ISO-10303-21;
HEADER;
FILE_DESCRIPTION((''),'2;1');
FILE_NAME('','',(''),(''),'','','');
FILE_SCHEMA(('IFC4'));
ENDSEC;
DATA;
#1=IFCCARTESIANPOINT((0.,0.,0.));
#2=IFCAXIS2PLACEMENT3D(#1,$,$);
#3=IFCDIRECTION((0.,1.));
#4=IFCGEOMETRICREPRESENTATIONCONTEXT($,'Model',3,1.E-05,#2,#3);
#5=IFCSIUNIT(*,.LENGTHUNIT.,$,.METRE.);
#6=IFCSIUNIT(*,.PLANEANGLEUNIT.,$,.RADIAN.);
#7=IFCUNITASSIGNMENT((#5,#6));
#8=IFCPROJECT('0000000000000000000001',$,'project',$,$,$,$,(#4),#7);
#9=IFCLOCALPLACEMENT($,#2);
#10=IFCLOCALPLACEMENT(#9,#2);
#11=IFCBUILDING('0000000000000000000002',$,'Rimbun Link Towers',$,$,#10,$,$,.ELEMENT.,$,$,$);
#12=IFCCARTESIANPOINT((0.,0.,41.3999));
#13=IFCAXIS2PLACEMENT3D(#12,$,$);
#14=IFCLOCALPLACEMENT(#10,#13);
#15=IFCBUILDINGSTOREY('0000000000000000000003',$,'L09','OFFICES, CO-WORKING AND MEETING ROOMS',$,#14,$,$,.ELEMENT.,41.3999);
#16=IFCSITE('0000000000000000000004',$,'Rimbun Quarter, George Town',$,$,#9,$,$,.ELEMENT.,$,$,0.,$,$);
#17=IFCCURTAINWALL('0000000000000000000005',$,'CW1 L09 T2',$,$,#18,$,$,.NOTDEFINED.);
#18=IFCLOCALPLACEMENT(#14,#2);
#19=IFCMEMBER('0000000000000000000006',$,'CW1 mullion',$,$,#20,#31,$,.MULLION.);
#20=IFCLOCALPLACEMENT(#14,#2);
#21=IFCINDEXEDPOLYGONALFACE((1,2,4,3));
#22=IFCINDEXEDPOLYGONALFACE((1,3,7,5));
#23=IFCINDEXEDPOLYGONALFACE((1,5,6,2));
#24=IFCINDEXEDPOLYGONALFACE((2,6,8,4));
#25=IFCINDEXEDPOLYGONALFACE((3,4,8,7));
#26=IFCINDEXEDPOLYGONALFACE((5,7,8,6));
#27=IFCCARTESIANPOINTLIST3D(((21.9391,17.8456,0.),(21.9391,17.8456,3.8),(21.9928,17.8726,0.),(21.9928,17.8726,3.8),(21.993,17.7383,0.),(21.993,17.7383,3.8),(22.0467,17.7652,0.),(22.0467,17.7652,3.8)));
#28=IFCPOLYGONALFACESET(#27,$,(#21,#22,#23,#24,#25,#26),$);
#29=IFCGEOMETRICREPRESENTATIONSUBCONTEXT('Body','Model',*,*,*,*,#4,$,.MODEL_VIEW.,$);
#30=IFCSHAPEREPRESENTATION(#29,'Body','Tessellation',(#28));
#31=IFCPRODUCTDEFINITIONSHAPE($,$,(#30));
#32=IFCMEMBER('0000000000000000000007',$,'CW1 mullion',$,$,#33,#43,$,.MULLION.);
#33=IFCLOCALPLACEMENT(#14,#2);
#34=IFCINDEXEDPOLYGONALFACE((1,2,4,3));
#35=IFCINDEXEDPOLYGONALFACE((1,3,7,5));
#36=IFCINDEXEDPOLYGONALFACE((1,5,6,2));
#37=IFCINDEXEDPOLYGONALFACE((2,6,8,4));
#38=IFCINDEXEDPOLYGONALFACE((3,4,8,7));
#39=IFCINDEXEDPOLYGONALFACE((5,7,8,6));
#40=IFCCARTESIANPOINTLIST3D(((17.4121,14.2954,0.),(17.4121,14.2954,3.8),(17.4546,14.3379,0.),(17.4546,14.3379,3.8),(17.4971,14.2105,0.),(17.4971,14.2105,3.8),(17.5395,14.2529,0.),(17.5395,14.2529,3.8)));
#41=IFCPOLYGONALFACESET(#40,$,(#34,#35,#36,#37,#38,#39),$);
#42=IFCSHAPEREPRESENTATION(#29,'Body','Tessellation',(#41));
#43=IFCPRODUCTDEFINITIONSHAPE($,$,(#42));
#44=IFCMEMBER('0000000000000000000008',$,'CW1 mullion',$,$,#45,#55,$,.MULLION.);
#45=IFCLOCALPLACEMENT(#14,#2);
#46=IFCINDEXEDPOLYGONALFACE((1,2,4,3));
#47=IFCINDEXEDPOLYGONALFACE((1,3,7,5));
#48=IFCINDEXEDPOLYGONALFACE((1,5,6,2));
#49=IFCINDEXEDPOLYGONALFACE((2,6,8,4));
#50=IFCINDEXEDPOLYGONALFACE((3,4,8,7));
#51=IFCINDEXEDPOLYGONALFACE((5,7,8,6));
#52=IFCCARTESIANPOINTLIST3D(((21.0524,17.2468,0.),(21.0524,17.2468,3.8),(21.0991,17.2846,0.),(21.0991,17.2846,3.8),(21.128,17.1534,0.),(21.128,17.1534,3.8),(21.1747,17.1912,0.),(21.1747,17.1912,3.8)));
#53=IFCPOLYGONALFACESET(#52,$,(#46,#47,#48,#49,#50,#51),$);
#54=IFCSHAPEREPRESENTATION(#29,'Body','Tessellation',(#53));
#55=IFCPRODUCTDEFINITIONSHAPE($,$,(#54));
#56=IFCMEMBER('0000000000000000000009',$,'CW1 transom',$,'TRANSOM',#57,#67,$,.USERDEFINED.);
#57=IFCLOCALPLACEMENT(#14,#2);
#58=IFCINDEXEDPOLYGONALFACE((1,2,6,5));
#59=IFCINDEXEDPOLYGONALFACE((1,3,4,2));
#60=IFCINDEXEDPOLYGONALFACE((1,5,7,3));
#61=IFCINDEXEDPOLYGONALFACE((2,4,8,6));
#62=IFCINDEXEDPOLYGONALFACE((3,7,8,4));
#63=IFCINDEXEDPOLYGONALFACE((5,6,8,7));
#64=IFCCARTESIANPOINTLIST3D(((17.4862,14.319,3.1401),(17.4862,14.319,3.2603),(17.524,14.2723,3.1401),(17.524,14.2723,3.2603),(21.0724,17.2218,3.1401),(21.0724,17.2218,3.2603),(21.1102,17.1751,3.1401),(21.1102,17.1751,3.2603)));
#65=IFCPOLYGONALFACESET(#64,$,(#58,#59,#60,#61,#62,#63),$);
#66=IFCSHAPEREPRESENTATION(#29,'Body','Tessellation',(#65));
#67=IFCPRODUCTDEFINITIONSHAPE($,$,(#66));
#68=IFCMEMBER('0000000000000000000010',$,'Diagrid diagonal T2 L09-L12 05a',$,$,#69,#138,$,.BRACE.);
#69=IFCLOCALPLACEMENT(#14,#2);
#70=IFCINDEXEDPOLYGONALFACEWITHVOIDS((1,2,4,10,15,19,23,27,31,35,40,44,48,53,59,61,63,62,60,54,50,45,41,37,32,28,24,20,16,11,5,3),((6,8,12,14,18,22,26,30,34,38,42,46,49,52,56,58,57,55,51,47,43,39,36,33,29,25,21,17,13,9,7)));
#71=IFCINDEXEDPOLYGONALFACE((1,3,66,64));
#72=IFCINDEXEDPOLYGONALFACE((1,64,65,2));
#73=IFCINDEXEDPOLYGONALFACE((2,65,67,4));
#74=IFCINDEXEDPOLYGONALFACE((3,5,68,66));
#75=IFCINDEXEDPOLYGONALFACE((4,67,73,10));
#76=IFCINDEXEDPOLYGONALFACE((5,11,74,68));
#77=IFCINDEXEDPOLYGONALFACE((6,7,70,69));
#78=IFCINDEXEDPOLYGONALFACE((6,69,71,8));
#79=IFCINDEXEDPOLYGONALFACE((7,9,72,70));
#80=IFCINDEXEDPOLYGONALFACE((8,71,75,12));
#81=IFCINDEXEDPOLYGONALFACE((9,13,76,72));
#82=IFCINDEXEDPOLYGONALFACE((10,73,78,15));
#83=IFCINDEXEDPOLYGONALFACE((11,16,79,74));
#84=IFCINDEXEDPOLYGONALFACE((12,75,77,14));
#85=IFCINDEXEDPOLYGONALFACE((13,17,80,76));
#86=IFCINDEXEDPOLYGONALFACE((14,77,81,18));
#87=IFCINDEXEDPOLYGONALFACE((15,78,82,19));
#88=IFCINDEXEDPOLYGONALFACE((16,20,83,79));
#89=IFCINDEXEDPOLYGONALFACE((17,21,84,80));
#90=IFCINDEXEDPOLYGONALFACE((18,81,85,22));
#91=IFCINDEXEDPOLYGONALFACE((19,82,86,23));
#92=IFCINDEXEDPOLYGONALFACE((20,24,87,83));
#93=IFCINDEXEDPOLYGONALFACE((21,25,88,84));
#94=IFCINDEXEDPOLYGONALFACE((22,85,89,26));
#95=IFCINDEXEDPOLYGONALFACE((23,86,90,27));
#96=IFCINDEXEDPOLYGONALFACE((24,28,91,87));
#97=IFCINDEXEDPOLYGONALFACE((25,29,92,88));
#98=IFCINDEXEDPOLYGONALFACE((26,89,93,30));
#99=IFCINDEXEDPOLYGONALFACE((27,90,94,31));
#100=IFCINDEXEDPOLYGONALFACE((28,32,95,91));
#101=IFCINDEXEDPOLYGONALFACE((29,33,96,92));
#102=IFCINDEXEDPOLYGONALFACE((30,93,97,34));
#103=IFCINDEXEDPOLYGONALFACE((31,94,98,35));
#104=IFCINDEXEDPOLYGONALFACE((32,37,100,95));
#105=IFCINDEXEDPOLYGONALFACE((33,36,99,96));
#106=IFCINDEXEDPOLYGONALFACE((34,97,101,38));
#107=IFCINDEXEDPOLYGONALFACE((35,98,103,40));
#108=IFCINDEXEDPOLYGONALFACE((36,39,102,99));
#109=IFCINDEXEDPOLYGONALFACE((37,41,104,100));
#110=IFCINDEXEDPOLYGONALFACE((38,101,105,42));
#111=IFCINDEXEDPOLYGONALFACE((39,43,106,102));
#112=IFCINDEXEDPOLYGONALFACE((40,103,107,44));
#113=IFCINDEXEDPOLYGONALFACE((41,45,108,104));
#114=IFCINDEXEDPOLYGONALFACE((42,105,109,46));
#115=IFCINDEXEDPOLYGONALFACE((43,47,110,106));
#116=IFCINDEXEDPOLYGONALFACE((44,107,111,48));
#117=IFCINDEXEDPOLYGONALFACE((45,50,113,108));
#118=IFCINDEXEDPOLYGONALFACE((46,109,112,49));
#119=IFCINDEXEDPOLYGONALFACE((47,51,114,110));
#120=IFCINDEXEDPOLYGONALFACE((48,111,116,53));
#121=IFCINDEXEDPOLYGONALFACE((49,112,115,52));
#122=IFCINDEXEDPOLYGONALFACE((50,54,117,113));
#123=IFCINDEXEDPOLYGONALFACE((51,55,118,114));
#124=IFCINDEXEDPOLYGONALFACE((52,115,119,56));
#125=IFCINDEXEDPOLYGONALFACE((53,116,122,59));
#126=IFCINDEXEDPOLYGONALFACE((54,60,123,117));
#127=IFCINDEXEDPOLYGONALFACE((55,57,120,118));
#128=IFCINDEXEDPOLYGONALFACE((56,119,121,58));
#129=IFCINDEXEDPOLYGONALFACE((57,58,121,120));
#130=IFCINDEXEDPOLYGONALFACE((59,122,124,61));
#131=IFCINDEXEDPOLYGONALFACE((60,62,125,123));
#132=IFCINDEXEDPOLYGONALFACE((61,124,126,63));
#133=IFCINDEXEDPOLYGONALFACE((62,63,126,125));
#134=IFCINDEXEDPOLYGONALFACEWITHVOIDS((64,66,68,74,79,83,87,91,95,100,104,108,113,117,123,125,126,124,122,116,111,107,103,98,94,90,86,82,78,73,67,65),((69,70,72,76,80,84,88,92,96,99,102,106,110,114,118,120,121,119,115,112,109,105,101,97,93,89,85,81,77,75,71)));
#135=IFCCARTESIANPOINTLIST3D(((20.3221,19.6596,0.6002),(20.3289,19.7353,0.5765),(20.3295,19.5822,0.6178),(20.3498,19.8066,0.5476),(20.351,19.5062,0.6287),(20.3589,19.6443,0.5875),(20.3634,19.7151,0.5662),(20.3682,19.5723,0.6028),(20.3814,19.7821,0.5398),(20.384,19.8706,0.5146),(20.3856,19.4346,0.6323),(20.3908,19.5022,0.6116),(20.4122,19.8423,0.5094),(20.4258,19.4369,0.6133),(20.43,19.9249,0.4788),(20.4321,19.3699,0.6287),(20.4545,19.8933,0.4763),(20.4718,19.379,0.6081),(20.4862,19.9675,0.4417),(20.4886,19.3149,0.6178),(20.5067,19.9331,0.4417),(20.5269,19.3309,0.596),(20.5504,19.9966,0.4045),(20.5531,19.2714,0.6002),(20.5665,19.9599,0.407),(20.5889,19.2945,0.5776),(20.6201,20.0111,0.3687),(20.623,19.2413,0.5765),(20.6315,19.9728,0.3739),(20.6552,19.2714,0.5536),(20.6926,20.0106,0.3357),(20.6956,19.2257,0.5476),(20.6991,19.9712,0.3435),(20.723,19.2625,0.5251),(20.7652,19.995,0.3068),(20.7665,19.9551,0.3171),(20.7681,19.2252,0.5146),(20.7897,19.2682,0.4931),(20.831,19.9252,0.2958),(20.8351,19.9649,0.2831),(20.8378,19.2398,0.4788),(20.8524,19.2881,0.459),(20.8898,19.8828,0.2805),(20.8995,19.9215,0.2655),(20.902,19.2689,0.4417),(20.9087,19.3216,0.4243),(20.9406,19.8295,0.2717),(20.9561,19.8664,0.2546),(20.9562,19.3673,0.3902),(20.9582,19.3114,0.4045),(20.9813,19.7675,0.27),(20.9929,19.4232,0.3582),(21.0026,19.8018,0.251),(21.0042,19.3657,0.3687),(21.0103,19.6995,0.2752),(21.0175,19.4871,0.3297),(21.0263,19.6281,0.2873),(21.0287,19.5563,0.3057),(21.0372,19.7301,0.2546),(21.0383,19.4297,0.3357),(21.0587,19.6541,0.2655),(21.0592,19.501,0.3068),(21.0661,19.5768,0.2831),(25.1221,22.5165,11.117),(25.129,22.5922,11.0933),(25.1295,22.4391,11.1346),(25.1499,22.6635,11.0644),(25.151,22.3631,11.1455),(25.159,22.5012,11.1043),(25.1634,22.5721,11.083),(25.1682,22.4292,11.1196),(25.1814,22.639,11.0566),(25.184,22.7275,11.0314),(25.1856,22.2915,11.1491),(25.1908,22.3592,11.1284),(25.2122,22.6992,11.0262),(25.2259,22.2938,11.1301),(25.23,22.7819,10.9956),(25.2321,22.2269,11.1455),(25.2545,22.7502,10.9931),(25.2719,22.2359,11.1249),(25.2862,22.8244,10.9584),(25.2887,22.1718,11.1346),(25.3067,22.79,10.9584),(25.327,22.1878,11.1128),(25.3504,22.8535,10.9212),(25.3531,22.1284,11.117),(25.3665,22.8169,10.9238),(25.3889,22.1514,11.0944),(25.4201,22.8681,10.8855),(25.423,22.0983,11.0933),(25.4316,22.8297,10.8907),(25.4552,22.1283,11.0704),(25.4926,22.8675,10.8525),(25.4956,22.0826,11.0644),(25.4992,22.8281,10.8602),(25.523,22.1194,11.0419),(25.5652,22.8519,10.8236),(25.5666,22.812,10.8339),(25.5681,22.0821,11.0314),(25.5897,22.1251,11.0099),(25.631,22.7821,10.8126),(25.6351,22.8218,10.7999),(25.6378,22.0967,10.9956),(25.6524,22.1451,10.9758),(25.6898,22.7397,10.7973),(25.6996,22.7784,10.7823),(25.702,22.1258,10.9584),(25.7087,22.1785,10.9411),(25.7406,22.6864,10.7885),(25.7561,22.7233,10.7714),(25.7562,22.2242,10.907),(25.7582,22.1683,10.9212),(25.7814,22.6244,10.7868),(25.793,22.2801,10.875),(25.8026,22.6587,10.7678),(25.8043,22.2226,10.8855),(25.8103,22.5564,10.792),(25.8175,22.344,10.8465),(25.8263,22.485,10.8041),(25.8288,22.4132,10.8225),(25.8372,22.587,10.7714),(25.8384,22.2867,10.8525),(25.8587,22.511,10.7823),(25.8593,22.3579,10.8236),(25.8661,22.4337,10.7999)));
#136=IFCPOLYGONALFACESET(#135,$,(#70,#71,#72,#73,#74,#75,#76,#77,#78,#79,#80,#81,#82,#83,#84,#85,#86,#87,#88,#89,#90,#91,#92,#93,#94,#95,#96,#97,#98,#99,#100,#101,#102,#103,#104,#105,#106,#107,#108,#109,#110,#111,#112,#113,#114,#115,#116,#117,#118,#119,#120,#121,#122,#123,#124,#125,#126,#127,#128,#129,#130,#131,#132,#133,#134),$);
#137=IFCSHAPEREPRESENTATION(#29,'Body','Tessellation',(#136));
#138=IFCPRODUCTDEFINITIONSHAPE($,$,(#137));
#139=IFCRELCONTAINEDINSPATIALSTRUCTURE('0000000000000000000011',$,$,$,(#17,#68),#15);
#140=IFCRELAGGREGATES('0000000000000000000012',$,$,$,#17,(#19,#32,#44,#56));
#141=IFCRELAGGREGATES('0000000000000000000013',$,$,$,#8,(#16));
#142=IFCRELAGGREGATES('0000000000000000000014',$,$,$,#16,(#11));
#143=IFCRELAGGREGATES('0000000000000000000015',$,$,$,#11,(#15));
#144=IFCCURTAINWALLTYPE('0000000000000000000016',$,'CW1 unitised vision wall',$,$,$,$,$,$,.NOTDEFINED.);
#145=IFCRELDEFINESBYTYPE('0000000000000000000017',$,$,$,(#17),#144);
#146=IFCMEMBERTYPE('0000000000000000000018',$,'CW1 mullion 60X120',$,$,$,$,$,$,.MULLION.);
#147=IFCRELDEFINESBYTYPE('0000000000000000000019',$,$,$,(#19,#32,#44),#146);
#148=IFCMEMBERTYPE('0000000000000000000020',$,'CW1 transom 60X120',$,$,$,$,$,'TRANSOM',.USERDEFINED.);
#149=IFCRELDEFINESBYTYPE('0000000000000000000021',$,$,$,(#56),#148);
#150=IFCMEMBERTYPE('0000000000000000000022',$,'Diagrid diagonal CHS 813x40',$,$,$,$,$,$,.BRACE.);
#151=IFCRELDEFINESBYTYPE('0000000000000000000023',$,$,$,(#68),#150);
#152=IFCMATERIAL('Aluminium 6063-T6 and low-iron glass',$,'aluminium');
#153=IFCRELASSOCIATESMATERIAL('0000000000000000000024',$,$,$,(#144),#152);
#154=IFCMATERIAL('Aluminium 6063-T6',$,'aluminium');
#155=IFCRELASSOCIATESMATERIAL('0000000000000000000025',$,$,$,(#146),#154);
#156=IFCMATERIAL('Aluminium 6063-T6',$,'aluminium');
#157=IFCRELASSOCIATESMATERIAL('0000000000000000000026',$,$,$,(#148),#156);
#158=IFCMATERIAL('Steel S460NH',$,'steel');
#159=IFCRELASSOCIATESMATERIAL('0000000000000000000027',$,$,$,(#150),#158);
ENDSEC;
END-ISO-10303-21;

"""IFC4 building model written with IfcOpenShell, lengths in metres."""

from ifc_helpers import new_model, si_unit, direction, frame, origin, origin_2d, place, context, subcontext, project, spatial, rectangle, hollow_circle, extrude, material, material_profile, profile_set, type_object, element, aggregate, save


model = new_model("IFC4")

# Units and contexts
model_context = context("Model", 3, precision=1e-05, world=origin(), true_north=direction((0.0, 1.0)))
body_context = subcontext(model_context, "Body", "Model", "MODEL_VIEW")
ifc_project = project(units=[si_unit("LENGTHUNIT", "METRE"), si_unit("PLANEANGLEUNIT", "RADIAN")], contexts=[model_context])

# Site, building, storey
site_placement = place(None, origin())
site = spatial("IfcSite", under=ifc_project, at=site_placement, Name="Rimbun Quarter, George Town", CompositionType="ELEMENT", RefElevation=0.0)
building_placement = place(site_placement, origin())
building = spatial("IfcBuilding", under=site, at=building_placement, Name="Rimbun Link Towers", CompositionType="ELEMENT")
storey_placement = place(building_placement, frame((0.0, 0.0, 41.3999)))
storey = spatial("IfcBuildingStorey", under=building, at=storey_placement, Name="L09", Description="OFFICES, CO-WORKING AND MEETING ROOMS", CompositionType="ELEMENT", Elevation=41.3999)

# Curtain wall, members
ifc_material_1 = material(Name="Aluminium 6063-T6 and low-iron glass", Category="aluminium")
curtain_wall_type = type_object("IfcCurtainWallType", Name="CW1 unitised vision wall", PredefinedType="NOTDEFINED", material=ifc_material_1)
curtain_wall_placement = place(storey_placement, origin())
curtain_wall = element("IfcCurtainWall", 1, at=curtain_wall_placement, inside=storey, type_object=curtain_wall_type, Name="CW1 L09 T2", PredefinedType="NOTDEFINED")
ifc_material_2 = material(Name="Aluminium 6063-T6", Category="aluminium")
ifc_material_profile_1 = material_profile(ifc_material_2, rectangle(XDim=0.1201, YDim=0.0601, at=origin_2d()), Name="MULLION 60X120")
ifc_profile_set_1 = profile_set([ifc_material_profile_1], Name="Aluminium 6063-T6")
member_type_1 = type_object("IfcMemberType", Name="CW1 mullion 60X120", PredefinedType="MULLION", material=ifc_profile_set_1)
member_1_placement = place(storey_placement, frame((21.9929, 17.8054, 0.0), z_axis=(0.0, 0.0, 1.0), x_axis=(-0.448766, 0.893649, 0.0)))
member_1 = element("IfcMember", 2, at=member_1_placement, type_object=member_type_1, Name="CW1 mullion", PredefinedType="MULLION", context=body_context, shape_type="SweptSolid", body=[
    extrude(rectangle(XDim=0.1201, YDim=0.0601, at=origin_2d()), origin(), (0.0, 0.0, 1.0), 3.8),
])
member_2_placement = place(storey_placement, frame((17.4758, 14.2742, 0.0), z_axis=(0.0, 0.0, 1.0), x_axis=(-0.707107, 0.707107, 0.0)))
member_2 = element("IfcMember", 3, at=member_2_placement, type_object=member_type_1, Name="CW1 mullion", PredefinedType="MULLION", context=body_context, shape_type="SweptSolid", body=[
    extrude(rectangle(XDim=0.1201, YDim=0.0601, at=origin_2d()), origin(), (0.0, 0.0, 1.0), 3.8),
])
member_3_placement = place(storey_placement, frame((21.1135, 17.219, 0.0), z_axis=(0.0, 0.0, 1.0), x_axis=(-0.629155, 0.77728, 0.0)))
member_3 = element("IfcMember", 4, at=member_3_placement, type_object=member_type_1, Name="CW1 mullion", PredefinedType="MULLION", context=body_context, shape_type="SweptSolid", body=[
    extrude(rectangle(XDim=0.1201, YDim=0.0601, at=origin_2d()), origin(), (0.0, 0.0, 1.0), 3.8),
])
ifc_material_3 = material(Name="Aluminium 6063-T6", Category="aluminium")
ifc_material_profile_2 = material_profile(ifc_material_3, rectangle(XDim=0.0601, YDim=0.1201, at=origin_2d()), Name="TRANSOM 60X120")
ifc_profile_set_2 = profile_set([ifc_material_profile_2], Name="Aluminium 6063-T6")
member_type_2 = type_object("IfcMemberType", Name="CW1 transom 60X120", ElementType="TRANSOM", PredefinedType="USERDEFINED", material=ifc_profile_set_2)
member_4_placement = place(storey_placement, frame((17.5051, 14.2957, 3.2002), z_axis=(0.777273, 0.629163, 0.0), x_axis=(-0.629163, 0.777273, 0.0)))
member_4 = element("IfcMember", 5, at=member_4_placement, type_object=member_type_2, Name="CW1 transom", ObjectType="TRANSOM", PredefinedType="USERDEFINED", context=body_context, shape_type="SweptSolid", body=[
    extrude(rectangle(XDim=0.0601, YDim=0.1201, at=origin_2d()), origin(), (0.0, 0.0, 1.0), 4.6138),
])

# Member
ifc_material_4 = material(Name="Steel S460NH", Category="steel")
ifc_material_profile_3 = material_profile(ifc_material_4, hollow_circle(Radius=0.4065, WallThickness=0.04, at=origin_2d()), Name="Diagrid diagonal CHS 813x40")
ifc_profile_set_3 = profile_set([ifc_material_profile_3], Name="Steel S460NH")
member_type_3 = type_object("IfcMemberType", Name="Diagrid diagonal CHS 813x40", PredefinedType="BRACE", material=ifc_profile_set_3)
member_5_placement = place(storey_placement, frame((20.6941, 19.6182, 0.4417), z_axis=(0.403086, 0.239912, 0.883156), x_axis=(-0.511452, 0.859312, 0.0)))
element("IfcMember", 6, at=member_5_placement, inside=storey, type_object=member_type_3, Name="Diagrid diagonal T2 L09-L12 05a", PredefinedType="BRACE", context=body_context, shape_type="SweptSolid", body=[
    extrude(hollow_circle(Radius=0.4065, WallThickness=0.04, at=origin_2d()), origin(), (0.0, 0.0, 1.0), 11.9082),
])

aggregate(curtain_wall, [member_1, member_2, member_3, member_4])

save(model, "model.ifc")
